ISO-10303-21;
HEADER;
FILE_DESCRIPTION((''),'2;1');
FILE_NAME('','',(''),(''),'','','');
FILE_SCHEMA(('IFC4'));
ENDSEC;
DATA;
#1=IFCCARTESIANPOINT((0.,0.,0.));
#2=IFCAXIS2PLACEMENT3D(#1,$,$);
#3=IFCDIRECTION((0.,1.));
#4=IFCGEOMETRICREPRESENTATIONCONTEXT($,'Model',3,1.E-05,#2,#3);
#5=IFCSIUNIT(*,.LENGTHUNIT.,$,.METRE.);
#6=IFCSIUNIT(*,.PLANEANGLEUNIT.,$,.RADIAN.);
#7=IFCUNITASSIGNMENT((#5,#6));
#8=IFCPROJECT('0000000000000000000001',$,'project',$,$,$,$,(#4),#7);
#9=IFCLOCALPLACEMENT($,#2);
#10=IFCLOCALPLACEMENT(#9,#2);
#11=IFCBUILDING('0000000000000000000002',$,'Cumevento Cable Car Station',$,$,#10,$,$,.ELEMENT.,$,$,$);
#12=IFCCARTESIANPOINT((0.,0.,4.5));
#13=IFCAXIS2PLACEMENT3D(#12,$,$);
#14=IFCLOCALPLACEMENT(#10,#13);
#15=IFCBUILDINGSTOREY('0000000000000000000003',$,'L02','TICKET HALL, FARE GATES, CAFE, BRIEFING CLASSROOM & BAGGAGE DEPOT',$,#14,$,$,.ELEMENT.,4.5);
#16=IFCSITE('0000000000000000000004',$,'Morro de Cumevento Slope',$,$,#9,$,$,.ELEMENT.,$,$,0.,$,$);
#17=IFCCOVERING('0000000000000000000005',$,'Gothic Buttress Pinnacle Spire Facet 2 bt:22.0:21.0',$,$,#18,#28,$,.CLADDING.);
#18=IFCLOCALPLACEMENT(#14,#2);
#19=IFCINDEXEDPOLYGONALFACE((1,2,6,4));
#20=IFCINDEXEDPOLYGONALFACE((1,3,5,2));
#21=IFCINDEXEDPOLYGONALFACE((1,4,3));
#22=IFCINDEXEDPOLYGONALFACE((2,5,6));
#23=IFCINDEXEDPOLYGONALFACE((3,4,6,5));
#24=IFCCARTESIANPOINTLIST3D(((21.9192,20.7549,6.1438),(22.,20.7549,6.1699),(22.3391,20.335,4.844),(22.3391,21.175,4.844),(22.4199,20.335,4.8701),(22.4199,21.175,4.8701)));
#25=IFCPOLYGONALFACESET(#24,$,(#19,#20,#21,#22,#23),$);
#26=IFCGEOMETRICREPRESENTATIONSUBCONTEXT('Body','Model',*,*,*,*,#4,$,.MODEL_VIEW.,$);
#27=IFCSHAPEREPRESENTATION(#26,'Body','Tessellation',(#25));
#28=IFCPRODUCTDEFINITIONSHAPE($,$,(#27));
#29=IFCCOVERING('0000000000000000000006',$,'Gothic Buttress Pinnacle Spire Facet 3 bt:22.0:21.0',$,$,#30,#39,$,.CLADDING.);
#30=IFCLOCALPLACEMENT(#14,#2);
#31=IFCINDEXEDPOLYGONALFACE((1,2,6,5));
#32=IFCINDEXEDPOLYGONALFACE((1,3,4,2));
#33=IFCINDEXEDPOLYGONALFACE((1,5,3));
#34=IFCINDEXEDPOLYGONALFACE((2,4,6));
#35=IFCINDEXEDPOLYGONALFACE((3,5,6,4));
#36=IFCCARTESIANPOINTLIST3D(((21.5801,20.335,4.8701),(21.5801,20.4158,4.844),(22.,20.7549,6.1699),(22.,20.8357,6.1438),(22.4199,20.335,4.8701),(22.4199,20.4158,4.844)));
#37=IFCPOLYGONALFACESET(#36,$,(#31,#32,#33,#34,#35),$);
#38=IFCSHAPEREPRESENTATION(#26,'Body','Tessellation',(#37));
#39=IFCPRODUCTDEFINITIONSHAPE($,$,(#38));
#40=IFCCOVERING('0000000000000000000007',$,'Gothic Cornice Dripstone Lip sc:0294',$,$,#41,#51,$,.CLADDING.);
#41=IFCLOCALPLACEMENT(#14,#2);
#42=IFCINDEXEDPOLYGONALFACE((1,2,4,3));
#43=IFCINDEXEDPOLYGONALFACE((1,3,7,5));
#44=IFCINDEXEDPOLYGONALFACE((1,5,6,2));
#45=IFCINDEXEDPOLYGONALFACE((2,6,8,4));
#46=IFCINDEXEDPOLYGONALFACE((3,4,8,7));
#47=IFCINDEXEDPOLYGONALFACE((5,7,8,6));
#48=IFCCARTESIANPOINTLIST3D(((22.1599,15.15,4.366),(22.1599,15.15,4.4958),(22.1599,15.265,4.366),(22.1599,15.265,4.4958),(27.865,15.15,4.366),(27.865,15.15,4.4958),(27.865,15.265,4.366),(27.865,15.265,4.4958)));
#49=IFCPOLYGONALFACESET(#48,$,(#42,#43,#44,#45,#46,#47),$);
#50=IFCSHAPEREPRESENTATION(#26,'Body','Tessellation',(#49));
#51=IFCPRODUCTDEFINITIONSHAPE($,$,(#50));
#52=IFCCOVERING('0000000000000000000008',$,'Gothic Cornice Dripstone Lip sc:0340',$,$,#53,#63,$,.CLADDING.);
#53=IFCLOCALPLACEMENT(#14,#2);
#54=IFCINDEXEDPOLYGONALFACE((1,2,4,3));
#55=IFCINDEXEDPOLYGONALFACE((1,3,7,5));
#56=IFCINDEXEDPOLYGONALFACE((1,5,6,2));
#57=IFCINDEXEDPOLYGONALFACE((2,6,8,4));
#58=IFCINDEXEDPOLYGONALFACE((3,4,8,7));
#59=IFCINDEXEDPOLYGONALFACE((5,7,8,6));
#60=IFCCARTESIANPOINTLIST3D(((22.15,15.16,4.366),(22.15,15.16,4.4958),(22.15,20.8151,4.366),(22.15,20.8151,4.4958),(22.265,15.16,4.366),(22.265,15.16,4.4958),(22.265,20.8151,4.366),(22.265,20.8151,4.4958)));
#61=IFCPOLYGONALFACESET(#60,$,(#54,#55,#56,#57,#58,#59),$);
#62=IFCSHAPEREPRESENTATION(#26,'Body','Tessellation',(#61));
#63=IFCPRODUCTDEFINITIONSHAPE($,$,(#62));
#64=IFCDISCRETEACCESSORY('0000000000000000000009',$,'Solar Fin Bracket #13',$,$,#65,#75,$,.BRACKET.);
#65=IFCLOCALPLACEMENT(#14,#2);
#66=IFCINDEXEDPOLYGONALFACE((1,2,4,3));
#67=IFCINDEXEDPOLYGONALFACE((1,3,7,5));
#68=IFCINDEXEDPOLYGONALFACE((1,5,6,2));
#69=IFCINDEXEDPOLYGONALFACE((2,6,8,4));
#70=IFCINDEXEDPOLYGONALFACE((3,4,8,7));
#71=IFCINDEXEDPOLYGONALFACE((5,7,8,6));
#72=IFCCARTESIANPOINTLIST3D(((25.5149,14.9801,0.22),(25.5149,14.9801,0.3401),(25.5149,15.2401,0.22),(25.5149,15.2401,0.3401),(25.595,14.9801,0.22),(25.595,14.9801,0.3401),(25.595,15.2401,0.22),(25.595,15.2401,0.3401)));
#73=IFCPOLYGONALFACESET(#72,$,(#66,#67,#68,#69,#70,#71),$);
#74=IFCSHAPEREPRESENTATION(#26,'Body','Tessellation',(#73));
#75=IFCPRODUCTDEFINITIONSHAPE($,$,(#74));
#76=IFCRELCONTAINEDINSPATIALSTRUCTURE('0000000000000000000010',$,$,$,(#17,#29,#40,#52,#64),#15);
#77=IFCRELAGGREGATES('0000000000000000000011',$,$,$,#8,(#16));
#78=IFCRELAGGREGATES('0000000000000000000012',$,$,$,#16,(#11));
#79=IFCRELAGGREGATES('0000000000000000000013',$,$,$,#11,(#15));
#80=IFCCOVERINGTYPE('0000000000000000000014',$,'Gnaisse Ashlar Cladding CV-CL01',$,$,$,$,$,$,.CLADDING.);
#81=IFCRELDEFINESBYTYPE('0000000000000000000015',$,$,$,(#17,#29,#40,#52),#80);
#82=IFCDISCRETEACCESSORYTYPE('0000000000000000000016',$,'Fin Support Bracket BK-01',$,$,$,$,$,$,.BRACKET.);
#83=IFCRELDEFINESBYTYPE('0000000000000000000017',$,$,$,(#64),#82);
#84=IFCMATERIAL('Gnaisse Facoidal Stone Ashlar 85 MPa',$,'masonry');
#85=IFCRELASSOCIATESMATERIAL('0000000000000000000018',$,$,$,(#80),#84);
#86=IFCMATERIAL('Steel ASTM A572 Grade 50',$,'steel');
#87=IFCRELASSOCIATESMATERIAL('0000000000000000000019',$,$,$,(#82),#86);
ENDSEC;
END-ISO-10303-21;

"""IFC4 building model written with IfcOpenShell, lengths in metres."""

from ifc_helpers import new_model, si_unit, direction, frame, origin, origin_2d, place, context, subcontext, project, spatial, polyline, rectangle, outline, extrude, material, type_object, element, save


model = new_model("IFC4")

# Units and contexts
model_context = context("Model", 3, precision=1e-05, world=origin(), true_north=direction((0.0, 1.0)))
body_context = subcontext(model_context, "Body", "Model", "MODEL_VIEW")
ifc_project = project(units=[si_unit("LENGTHUNIT", "METRE"), si_unit("PLANEANGLEUNIT", "RADIAN")], contexts=[model_context])

# Site, building, storey
site_placement = place(None, origin())
site = spatial("IfcSite", under=ifc_project, at=site_placement, Name="Morro de Cumevento Slope", CompositionType="ELEMENT", RefElevation=0.0)
building_placement = place(site_placement, origin())
building = spatial("IfcBuilding", under=site, at=building_placement, Name="Cumevento Cable Car Station", CompositionType="ELEMENT")
storey_placement = place(building_placement, frame((0.0, 0.0, 4.5)))
storey = spatial("IfcBuildingStorey", under=building, at=storey_placement, Name="L02", Description="TICKET HALL, FARE GATES, CAFE, BRIEFING CLASSROOM & BAGGAGE DEPOT", CompositionType="ELEMENT", Elevation=4.5)

# Coverings
ifc_material_1 = material(Name="Gnaisse Facoidal Stone Ashlar 85 MPa", Category="masonry")
covering_type = type_object("IfcCoveringType", Name="Gnaisse Ashlar Cladding CV-CL01", PredefinedType="CLADDING", material=ifc_material_1)
covering_1_placement = place(storey_placement, frame((22.4199, 21.175, 4.8701), z_axis=(0.951574, 0.0, 0.307421), x_axis=(0.0, -1.0, 0.0)))
element("IfcCovering", 1, at=covering_1_placement, inside=storey, type_object=covering_type, Name="Gothic Buttress Pinnacle Spire Facet 2 bt:22.0:21.0", PredefinedType="CLADDING", context=body_context, shape_type="SweptSolid", body=[
    extrude(outline(polyline([(0.0, 0.0), (0.8401, 0.0), (0.4202, -1.366), (0.0, 0.0)])), origin(), (0.0, 0.0, -1.0), 0.085),
])
covering_2_placement = place(storey_placement, frame((22.4199, 20.335, 4.8701), z_axis=(0.0, -0.951574, 0.307421), x_axis=(-1.0, 0.0, 0.0)))
element("IfcCovering", 2, at=covering_2_placement, inside=storey, type_object=covering_type, Name="Gothic Buttress Pinnacle Spire Facet 3 bt:22.0:21.0", PredefinedType="CLADDING", context=body_context, shape_type="SweptSolid", body=[
    extrude(outline(polyline([(0.0, 0.0), (0.8398, 0.0), (0.4199, -1.366), (0.0, 0.0)])), origin(), (0.0, 0.0, -1.0), 0.085),
])
covering_3_placement = place(storey_placement, frame((25.0125, 15.2075, 4.366), z_axis=(0.0, 0.0, 1.0), x_axis=(1.0, 0.0, 0.0)))
element("IfcCovering", 3, at=covering_3_placement, inside=storey, type_object=covering_type, Name="Gothic Cornice Dripstone Lip sc:0294", PredefinedType="CLADDING", context=body_context, shape_type="SweptSolid", body=[
    extrude(rectangle(XDim=5.7051, YDim=0.115, at=origin_2d()), origin(), (0.0, 0.0, 1.0), 0.1299),
])
covering_4_placement = place(storey_placement, frame((22.2075, 17.9875, 4.366), z_axis=(0.0, 0.0, 1.0), x_axis=(0.0, -1.0, 0.0)))
element("IfcCovering", 4, at=covering_4_placement, inside=storey, type_object=covering_type, Name="Gothic Cornice Dripstone Lip sc:0340", PredefinedType="CLADDING", context=body_context, shape_type="SweptSolid", body=[
    extrude(rectangle(XDim=5.655, YDim=0.115, at=origin_2d()), origin(), (0.0, 0.0, 1.0), 0.1299),
])

# Discrete accessory
ifc_material_2 = material(Name="Steel ASTM A572 Grade 50", Category="steel")
discrete_accessory_type = type_object("IfcDiscreteAccessoryType", Name="Fin Support Bracket BK-01", PredefinedType="BRACKET", material=ifc_material_2)
discrete_accessory_placement = place(storey_placement, frame((25.5549, 15.1101, 0.22), z_axis=(0.0, 0.0, 1.0), x_axis=(1.0, 0.0, 0.0)))
element("IfcDiscreteAccessory", 5, at=discrete_accessory_placement, inside=storey, type_object=discrete_accessory_type, Name="Solar Fin Bracket #13", PredefinedType="BRACKET", context=body_context, shape_type="SweptSolid", body=[
    extrude(rectangle(XDim=0.0801, YDim=0.26, at=origin_2d()), origin(), (0.0, 0.0, 1.0), 0.1201),
])

save(model, "model.ifc")
